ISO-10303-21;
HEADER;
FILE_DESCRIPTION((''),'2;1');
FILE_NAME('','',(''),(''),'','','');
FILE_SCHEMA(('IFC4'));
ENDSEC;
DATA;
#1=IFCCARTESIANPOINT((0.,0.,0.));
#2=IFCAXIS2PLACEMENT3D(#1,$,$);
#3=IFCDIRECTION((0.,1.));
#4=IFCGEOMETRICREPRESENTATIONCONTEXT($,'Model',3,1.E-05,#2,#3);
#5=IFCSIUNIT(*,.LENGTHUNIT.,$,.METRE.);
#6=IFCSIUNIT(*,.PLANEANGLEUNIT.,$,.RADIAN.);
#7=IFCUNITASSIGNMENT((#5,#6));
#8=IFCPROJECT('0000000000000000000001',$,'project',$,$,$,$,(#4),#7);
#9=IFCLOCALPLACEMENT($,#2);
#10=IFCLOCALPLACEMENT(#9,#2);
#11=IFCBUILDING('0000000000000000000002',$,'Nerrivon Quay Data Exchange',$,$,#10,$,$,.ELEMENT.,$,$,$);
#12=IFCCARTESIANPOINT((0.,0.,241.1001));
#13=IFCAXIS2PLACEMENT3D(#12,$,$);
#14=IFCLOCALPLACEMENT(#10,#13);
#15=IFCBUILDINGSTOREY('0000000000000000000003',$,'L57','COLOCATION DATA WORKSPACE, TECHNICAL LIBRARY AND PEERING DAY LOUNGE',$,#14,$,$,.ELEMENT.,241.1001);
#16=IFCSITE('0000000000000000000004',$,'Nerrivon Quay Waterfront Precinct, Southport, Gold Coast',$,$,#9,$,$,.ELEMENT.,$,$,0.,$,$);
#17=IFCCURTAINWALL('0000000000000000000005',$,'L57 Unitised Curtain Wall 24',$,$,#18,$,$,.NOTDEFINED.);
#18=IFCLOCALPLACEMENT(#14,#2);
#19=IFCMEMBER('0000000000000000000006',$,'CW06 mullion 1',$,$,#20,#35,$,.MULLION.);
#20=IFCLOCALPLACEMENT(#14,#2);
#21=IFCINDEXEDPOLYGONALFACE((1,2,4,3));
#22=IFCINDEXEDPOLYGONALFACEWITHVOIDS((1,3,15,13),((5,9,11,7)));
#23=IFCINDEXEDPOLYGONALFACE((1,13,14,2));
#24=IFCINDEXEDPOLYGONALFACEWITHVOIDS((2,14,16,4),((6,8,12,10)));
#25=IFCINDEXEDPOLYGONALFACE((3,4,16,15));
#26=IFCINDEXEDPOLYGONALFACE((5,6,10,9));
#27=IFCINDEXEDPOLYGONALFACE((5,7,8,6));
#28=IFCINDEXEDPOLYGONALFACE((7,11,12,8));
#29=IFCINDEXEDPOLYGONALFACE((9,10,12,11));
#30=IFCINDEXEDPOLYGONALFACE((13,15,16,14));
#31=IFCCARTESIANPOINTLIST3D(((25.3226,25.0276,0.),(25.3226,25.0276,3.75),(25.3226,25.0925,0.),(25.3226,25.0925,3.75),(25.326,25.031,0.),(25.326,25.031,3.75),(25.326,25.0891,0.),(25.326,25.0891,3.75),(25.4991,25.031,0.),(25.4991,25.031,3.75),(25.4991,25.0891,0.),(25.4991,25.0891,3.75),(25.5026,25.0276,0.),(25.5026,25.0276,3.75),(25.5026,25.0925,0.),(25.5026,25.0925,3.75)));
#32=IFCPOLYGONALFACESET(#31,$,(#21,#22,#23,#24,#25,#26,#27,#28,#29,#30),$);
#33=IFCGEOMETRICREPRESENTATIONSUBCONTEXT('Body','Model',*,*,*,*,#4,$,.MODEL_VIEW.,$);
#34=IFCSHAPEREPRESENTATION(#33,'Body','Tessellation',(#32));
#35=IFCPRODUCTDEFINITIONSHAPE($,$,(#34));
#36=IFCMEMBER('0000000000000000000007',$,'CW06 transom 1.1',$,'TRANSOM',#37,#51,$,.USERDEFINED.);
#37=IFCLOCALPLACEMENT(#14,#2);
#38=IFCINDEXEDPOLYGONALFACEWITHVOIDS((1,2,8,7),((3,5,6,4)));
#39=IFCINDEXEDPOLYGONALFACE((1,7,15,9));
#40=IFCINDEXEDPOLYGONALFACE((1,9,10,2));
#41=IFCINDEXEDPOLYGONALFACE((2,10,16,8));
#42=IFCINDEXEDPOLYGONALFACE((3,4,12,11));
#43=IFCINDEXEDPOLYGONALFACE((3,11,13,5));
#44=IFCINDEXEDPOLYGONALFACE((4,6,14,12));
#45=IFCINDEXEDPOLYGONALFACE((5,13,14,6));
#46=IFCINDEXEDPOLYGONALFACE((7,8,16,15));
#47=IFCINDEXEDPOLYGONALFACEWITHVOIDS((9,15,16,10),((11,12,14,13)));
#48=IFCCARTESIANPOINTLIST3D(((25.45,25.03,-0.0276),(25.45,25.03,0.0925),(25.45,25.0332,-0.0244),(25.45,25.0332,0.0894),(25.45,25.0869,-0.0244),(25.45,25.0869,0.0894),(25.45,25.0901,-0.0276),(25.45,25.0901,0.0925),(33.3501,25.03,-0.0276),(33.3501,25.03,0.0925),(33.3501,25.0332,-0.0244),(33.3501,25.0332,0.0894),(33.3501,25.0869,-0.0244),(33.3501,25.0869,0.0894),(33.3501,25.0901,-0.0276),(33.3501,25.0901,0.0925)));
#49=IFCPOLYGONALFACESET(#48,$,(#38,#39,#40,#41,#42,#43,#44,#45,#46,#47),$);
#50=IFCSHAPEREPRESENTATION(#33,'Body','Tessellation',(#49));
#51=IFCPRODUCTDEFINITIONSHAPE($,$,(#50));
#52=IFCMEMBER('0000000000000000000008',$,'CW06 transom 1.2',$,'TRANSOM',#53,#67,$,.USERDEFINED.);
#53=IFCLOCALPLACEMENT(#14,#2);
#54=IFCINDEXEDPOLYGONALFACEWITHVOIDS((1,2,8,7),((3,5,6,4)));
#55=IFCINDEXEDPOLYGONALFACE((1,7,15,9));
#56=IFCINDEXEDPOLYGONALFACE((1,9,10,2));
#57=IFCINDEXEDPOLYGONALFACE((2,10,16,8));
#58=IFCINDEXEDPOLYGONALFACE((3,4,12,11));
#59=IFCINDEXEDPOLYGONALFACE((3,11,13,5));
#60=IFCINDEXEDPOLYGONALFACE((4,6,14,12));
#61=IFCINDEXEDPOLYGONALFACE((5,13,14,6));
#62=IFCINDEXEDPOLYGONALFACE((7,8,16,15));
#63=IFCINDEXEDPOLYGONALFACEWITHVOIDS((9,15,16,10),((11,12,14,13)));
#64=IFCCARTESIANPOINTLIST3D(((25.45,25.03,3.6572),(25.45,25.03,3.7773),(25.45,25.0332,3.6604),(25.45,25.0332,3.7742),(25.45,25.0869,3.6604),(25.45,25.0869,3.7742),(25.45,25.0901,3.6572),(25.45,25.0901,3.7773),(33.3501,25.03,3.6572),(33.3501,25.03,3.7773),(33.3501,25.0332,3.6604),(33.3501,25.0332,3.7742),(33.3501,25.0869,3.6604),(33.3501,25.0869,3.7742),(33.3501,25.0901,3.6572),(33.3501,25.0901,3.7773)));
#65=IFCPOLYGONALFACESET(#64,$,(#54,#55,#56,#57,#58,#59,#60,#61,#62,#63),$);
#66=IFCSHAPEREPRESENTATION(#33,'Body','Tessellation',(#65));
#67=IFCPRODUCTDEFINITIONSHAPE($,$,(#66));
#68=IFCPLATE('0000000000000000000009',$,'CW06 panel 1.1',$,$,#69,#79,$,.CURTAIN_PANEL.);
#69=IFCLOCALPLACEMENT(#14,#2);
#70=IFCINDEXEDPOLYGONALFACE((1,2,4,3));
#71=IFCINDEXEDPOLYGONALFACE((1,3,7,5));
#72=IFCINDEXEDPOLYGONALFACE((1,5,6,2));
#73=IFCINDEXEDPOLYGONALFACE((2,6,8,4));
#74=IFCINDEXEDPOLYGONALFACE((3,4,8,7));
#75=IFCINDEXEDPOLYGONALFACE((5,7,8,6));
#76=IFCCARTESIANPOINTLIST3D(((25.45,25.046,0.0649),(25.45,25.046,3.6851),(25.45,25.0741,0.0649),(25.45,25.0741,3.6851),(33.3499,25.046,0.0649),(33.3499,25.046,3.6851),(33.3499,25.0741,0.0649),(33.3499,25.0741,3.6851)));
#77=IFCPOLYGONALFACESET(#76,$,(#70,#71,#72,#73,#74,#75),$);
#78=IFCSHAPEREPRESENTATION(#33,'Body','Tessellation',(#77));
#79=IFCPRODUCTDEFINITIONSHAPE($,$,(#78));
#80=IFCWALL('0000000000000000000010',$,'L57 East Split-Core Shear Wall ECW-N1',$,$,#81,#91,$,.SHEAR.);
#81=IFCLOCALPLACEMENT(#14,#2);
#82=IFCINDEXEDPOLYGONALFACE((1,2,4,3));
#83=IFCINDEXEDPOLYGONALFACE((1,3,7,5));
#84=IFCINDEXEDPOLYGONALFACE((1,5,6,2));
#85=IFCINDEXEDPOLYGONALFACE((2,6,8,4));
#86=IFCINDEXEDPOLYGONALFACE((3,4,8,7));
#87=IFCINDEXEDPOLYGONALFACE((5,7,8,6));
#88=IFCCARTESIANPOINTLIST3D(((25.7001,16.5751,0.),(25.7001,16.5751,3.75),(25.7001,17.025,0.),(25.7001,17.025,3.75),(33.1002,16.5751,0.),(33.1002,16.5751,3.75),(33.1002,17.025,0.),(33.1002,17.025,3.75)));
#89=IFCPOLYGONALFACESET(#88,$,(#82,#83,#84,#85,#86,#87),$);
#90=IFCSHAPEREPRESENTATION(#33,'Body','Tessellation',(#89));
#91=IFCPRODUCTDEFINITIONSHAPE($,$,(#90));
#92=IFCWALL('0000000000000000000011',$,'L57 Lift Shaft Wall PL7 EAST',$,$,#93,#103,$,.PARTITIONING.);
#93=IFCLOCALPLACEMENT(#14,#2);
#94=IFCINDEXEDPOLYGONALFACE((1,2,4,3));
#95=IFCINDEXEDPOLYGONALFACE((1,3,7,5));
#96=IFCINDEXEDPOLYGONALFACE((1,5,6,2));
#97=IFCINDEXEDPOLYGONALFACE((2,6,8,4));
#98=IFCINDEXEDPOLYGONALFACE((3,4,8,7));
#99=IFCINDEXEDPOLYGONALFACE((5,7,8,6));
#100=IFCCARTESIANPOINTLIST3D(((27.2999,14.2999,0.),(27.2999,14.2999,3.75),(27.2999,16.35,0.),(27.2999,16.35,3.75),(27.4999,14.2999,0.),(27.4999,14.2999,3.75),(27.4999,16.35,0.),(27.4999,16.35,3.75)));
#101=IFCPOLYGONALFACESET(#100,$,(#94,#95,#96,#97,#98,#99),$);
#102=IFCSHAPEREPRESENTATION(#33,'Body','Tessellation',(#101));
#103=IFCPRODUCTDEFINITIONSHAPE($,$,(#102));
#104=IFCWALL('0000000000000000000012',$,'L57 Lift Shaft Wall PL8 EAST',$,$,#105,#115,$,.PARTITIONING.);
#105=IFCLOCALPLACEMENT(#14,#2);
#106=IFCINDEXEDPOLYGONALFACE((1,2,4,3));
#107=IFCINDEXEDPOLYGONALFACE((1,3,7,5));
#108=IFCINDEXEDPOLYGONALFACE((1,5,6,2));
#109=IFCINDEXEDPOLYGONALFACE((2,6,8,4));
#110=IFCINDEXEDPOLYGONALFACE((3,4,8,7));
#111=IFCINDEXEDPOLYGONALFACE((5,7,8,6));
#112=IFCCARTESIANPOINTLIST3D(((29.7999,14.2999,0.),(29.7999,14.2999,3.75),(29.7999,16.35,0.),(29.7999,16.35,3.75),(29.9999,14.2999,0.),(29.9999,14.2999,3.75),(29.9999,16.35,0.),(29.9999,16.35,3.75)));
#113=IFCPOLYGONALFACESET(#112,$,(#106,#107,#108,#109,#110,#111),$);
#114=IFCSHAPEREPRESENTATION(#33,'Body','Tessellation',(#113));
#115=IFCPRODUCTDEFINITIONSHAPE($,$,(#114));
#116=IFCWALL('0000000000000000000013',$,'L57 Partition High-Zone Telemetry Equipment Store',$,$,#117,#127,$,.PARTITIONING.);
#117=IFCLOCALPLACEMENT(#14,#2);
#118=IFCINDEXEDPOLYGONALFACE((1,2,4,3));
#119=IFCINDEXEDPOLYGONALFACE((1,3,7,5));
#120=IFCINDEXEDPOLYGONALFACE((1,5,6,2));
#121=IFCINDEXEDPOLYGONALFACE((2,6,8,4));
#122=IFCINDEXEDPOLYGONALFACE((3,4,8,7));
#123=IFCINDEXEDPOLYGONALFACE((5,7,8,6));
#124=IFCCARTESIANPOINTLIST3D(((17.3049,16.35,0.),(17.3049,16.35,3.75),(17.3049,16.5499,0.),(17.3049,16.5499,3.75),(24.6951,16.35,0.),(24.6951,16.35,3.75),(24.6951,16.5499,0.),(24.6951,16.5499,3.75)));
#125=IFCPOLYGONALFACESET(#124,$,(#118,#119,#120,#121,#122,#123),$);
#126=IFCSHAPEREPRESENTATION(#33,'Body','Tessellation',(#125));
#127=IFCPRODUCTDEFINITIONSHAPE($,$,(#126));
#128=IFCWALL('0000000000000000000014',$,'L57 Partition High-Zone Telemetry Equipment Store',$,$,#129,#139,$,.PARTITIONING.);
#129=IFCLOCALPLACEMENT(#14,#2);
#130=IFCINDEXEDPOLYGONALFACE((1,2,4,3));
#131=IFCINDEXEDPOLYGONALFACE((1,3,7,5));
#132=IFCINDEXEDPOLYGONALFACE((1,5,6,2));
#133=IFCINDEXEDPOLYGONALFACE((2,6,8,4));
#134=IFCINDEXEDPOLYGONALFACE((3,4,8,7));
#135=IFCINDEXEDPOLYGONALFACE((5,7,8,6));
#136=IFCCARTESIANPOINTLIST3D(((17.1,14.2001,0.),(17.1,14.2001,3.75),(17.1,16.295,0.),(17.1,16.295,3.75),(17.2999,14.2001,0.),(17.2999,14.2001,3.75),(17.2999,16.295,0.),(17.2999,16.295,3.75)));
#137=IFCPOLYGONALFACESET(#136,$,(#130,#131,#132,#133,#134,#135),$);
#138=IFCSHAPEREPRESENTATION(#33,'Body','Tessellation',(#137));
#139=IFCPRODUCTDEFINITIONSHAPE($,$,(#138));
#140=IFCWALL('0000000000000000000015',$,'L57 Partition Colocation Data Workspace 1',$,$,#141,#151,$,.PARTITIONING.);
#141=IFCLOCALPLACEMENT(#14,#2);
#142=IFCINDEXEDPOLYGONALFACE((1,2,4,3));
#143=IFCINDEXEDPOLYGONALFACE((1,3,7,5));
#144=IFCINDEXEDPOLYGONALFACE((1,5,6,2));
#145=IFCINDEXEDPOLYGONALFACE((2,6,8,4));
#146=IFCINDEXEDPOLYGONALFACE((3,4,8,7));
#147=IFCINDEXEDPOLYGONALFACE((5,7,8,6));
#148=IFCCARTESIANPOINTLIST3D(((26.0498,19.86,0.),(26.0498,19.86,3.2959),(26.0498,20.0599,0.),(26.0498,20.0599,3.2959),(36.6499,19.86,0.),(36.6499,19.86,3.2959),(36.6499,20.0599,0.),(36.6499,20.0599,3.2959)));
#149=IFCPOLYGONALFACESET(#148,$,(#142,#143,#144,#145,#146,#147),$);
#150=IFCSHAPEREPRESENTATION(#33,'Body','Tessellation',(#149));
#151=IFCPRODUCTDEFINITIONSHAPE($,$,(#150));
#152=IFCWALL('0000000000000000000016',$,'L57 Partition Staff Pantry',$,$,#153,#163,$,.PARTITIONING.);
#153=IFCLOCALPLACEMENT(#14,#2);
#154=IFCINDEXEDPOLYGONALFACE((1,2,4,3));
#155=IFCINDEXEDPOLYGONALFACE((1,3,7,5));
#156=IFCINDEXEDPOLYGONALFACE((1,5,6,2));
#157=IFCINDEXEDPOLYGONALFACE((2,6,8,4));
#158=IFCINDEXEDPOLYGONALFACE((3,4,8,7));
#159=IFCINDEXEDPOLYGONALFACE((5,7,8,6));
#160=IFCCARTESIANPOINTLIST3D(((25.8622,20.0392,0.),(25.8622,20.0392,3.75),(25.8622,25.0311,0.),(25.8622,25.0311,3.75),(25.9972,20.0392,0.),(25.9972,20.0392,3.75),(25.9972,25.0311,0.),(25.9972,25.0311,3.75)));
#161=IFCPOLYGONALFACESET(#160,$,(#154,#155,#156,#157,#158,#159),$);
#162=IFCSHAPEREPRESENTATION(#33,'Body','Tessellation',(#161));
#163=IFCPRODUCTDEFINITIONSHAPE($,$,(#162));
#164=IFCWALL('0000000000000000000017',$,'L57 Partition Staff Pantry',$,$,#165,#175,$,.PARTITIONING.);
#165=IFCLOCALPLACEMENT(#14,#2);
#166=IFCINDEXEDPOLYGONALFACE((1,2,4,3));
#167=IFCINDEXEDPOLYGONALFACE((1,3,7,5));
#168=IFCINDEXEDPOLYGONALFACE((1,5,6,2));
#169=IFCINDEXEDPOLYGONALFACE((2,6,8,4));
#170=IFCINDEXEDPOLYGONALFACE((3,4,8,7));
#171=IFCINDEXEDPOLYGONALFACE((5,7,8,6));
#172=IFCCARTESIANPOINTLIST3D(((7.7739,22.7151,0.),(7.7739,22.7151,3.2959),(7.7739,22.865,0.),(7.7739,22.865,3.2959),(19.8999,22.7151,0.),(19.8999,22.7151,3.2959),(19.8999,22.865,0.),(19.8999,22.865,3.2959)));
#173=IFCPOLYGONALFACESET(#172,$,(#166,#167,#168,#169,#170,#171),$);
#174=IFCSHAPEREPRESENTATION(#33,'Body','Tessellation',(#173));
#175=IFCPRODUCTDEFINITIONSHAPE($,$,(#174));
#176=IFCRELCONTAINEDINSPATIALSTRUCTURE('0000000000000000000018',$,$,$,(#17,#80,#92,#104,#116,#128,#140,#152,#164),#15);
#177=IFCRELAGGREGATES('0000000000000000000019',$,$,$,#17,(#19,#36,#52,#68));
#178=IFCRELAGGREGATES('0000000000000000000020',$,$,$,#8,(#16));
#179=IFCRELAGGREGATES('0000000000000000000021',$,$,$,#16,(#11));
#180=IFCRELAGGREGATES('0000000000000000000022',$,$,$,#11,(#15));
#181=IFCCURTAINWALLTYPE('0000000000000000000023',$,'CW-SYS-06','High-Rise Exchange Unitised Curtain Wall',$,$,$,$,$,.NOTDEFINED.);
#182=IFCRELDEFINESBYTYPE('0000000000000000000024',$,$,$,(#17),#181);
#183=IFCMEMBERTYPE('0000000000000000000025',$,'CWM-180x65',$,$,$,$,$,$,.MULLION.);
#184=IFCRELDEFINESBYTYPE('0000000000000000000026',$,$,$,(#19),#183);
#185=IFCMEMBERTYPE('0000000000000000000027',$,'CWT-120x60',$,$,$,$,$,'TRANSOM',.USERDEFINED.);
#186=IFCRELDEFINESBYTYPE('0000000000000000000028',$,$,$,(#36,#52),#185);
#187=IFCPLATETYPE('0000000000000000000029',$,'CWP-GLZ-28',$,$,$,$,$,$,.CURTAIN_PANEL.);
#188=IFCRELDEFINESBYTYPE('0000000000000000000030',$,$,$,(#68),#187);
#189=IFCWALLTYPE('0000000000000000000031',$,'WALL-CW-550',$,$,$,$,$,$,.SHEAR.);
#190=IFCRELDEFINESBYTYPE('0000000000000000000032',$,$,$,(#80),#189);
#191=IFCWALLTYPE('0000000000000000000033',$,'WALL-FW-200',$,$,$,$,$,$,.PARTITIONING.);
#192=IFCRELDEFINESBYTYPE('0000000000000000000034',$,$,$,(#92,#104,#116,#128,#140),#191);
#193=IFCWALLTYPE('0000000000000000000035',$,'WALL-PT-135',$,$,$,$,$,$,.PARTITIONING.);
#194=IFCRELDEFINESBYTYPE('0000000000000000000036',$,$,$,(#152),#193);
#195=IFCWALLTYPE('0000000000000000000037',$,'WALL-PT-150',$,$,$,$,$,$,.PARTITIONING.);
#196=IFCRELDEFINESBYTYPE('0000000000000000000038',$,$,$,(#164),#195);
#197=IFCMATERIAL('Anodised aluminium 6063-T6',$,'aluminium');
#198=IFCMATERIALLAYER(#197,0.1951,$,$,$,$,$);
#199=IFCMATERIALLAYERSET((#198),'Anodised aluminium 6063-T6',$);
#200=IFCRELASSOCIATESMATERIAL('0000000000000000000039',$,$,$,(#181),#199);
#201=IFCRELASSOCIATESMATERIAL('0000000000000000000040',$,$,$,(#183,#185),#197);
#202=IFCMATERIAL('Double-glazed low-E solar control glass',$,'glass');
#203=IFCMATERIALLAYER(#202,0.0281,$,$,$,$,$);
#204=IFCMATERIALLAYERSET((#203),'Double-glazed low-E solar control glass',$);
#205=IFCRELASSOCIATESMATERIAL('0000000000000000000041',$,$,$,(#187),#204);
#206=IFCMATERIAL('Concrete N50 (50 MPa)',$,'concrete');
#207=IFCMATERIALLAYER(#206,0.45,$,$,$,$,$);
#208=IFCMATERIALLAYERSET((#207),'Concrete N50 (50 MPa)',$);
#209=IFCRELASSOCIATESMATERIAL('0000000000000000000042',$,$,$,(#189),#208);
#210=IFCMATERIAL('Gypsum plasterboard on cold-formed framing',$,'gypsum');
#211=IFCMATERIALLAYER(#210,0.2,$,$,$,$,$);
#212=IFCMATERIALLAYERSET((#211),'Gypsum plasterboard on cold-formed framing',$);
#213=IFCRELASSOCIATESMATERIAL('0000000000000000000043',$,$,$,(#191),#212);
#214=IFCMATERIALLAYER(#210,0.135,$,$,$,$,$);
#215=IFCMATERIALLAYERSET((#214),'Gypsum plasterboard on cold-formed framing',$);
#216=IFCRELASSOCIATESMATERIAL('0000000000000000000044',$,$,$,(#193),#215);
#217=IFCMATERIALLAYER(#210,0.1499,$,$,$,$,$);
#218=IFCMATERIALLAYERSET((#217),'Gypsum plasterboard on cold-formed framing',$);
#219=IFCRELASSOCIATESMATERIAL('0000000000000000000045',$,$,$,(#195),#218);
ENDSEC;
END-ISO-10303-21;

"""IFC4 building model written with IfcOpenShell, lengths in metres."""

from ifc_helpers import new_model, si_unit, direction, frame, frame_2d, origin, origin_2d, place, context, subcontext, project, spatial, rectangle, hollow_rectangle, extrude, material, layer, layer_set, material_profile, profile_set, type_object, element, aggregate, save


model = new_model("IFC4")

# Units and contexts
model_context = context("Model", 3, precision=1e-05, world=origin(), true_north=direction((0.0, 1.0)))
body_context = subcontext(model_context, "Body", "Model", "MODEL_VIEW")
ifc_project = project(units=[si_unit("LENGTHUNIT", "METRE"), si_unit("PLANEANGLEUNIT", "RADIAN")], contexts=[model_context])

# Site, building, storey
site_placement = place(None, origin())
site = spatial("IfcSite", under=ifc_project, at=site_placement, Name="Nerrivon Quay Waterfront Precinct, Southport, Gold Coast", CompositionType="ELEMENT", RefElevation=0.0)
building_placement = place(site_placement, origin())
building = spatial("IfcBuilding", under=site, at=building_placement, Name="Nerrivon Quay Data Exchange", CompositionType="ELEMENT")
storey_placement = place(building_placement, frame((0.0, 0.0, 241.1001)))
storey = spatial("IfcBuildingStorey", under=building, at=storey_placement, Name="L57", Description="COLOCATION DATA WORKSPACE, TECHNICAL LIBRARY AND PEERING DAY LOUNGE", CompositionType="ELEMENT", Elevation=241.1001)

# Curtain wall, members, plate
ifc_material_1 = material(Name="Anodised aluminium 6063-T6", Category="aluminium")
ifc_layer_1 = layer(ifc_material_1, 0.1951)
ifc_layer_set_1 = layer_set([ifc_layer_1], Name="Anodised aluminium 6063-T6")
curtain_wall_type = type_object("IfcCurtainWallType", Name="CW-SYS-06", Description="High-Rise Exchange Unitised Curtain Wall", PredefinedType="NOTDEFINED", material=ifc_layer_set_1)
curtain_wall_placement = place(storey_placement, origin())
curtain_wall = element("IfcCurtainWall", 1, at=curtain_wall_placement, inside=storey, type_object=curtain_wall_type, Name="L57 Unitised Curtain Wall 24", PredefinedType="NOTDEFINED")
ifc_material_profile_1 = material_profile(ifc_material_1, hollow_rectangle(XDim=0.0649, YDim=0.1799, WallThickness=0.0034, at=origin_2d()), Name="ALU-MULL-180x65")
ifc_profile_set_1 = profile_set([ifc_material_profile_1], Name="Anodised aluminium 6063-T6")
member_type_1 = type_object("IfcMemberType", Name="CWM-180x65", PredefinedType="MULLION", material=ifc_profile_set_1)
member_1_placement = place(storey_placement, frame((25.4126, 25.0601, 0.0), z_axis=(0.0, 0.0, 1.0), x_axis=(0.0, 1.0, 0.0)))
member_1 = element("IfcMember", 2, at=member_1_placement, type_object=member_type_1, Name="CW06 mullion 1", PredefinedType="MULLION", context=body_context, shape_type="SweptSolid", body=[
    extrude(hollow_rectangle(XDim=0.0649, YDim=0.1799, WallThickness=0.0034, at=origin_2d()), origin(), (0.0, 0.0, 1.0), 3.75),
])
ifc_material_profile_2 = material_profile(ifc_material_1, hollow_rectangle(XDim=0.0601, YDim=0.1201, WallThickness=0.0032, at=origin_2d()), Name="ALU-TRAN-120x60")
ifc_profile_set_2 = profile_set([ifc_material_profile_2], Name="Anodised aluminium 6063-T6")
member_type_2 = type_object("IfcMemberType", Name="CWT-120x60", ElementType="TRANSOM", PredefinedType="USERDEFINED", material=ifc_profile_set_2)
member_2_placement = place(storey_placement, frame((25.45, 25.0601, 0.0325), z_axis=(1.0, 0.0, 0.0), x_axis=(0.0, 1.0, 0.0)))
member_2 = element("IfcMember", 3, at=member_2_placement, type_object=member_type_2, Name="CW06 transom 1.1", ObjectType="TRANSOM", PredefinedType="USERDEFINED", context=body_context, shape_type="SweptSolid", body=[
    extrude(hollow_rectangle(XDim=0.0601, YDim=0.1201, WallThickness=0.0032, at=origin_2d()), origin(), (0.0, 0.0, 1.0), 7.9001),
])
member_3_placement = place(storey_placement, frame((25.45, 25.0601, 3.7173), z_axis=(1.0, 0.0, 0.0), x_axis=(0.0, 1.0, 0.0)))
member_3 = element("IfcMember", 4, at=member_3_placement, type_object=member_type_2, Name="CW06 transom 1.2", ObjectType="TRANSOM", PredefinedType="USERDEFINED", context=body_context, shape_type="SweptSolid", body=[
    extrude(hollow_rectangle(XDim=0.0601, YDim=0.1201, WallThickness=0.0032, at=origin_2d()), origin(), (0.0, 0.0, 1.0), 7.9001),
])
ifc_material_2 = material(Name="Double-glazed low-E solar control glass", Category="glass")
ifc_layer_2 = layer(ifc_material_2, 0.0281)
ifc_layer_set_2 = layer_set([ifc_layer_2], Name="Double-glazed low-E solar control glass")
plate_type = type_object("IfcPlateType", Name="CWP-GLZ-28", PredefinedType="CURTAIN_PANEL", material=ifc_layer_set_2)
plate_placement = place(storey_placement, frame((29.3999, 25.0601, 0.0649), z_axis=(0.0, 0.0, 1.0), x_axis=(1.0, 0.0, 0.0)))
plate = element("IfcPlate", 5, at=plate_placement, type_object=plate_type, Name="CW06 panel 1.1", PredefinedType="CURTAIN_PANEL", context=body_context, shape_type="SweptSolid", body=[
    extrude(rectangle(XDim=7.8999, YDim=0.0281, at=origin_2d()), origin(), (0.0, 0.0, 1.0), 3.6201),
])
aggregate(curtain_wall, [member_1, member_2, member_3, plate])

# Walls
ifc_material_3 = material(Name="Concrete N50 (50 MPa)", Category="concrete")
ifc_layer_3 = layer(ifc_material_3, 0.45)
ifc_layer_set_3 = layer_set([ifc_layer_3], Name="Concrete N50 (50 MPa)")
wall_type_1 = type_object("IfcWallType", Name="WALL-CW-550", PredefinedType="SHEAR", material=ifc_layer_set_3)
wall_1_placement = place(storey_placement, frame((25.7, 16.8, 0.0), z_axis=(0.0, 0.0, 1.0), x_axis=(1.0, 0.0, 0.0)))
element("IfcWall", 6, at=wall_1_placement, inside=storey, type_object=wall_type_1, Name="L57 East Split-Core Shear Wall ECW-N1", PredefinedType="SHEAR", context=body_context, shape_type="SweptSolid", body=[
    extrude(rectangle(XDim=7.4001, YDim=0.45, at=frame_2d((3.7002, 0.0))), origin(), (0.0, 0.0, 1.0), 3.75),
])
ifc_material_4 = material(Name="Gypsum plasterboard on cold-formed framing", Category="gypsum")
ifc_layer_4 = layer(ifc_material_4, 0.2)
ifc_layer_set_4 = layer_set([ifc_layer_4], Name="Gypsum plasterboard on cold-formed framing")
wall_type_2 = type_object("IfcWallType", Name="WALL-FW-200", PredefinedType="PARTITIONING", material=ifc_layer_set_4)
for number, where, z_axis, x_axis, name in (
    (7, (27.3999, 14.3, 0.0), (0.0, 0.0, 1.0), (0.0, 1.0, 0.0), "L57 Lift Shaft Wall PL7 EAST"),
    (8, (29.8999, 14.3, 0.0), (0.0, 0.0, 1.0), (0.0, 1.0, 0.0), "L57 Lift Shaft Wall PL8 EAST"),
):
    element("IfcWall", number, at=place(storey_placement, frame(where, z_axis=z_axis, x_axis=x_axis)), inside=storey, type_object=wall_type_2, Name=name, PredefinedType="PARTITIONING", context=body_context, shape_type="SweptSolid", body=[
        extrude(rectangle(XDim=2.05, YDim=0.2, at=frame_2d((1.0249, 0.0))), origin(), (0.0, 0.0, 1.0), 3.75),
    ])
wall_2_placement = place(storey_placement, frame((24.6951, 16.45, 0.0), z_axis=(0.0, 0.0, 1.0), x_axis=(-1.0, 0.0, 0.0)))
element("IfcWall", 9, at=wall_2_placement, inside=storey, type_object=wall_type_2, Name="L57 Partition High-Zone Telemetry Equipment Store", PredefinedType="PARTITIONING", context=body_context, shape_type="SweptSolid", body=[
    extrude(rectangle(XDim=7.3901, YDim=0.2, at=frame_2d((3.6951, 0.0))), origin(), (0.0, 0.0, 1.0), 3.75),
])
wall_3_placement = place(storey_placement, frame((17.2, 16.2949, 0.0), z_axis=(0.0, 0.0, 1.0), x_axis=(0.0, -1.0, 0.0)))
element("IfcWall", 10, at=wall_3_placement, inside=storey, type_object=wall_type_2, Name="L57 Partition High-Zone Telemetry Equipment Store", PredefinedType="PARTITIONING", context=body_context, shape_type="SweptSolid", body=[
    extrude(rectangle(XDim=2.095, YDim=0.2, at=frame_2d((1.0474, 0.0))), origin(), (0.0, 0.0, 1.0), 3.75),
])
wall_4_placement = place(storey_placement, frame((26.0498, 19.96, 0.0), z_axis=(0.0, 0.0, 1.0), x_axis=(1.0, 0.0, 0.0)))
element("IfcWall", 11, at=wall_4_placement, inside=storey, type_object=wall_type_2, Name="L57 Partition Colocation Data Workspace 1", PredefinedType="PARTITIONING", context=body_context, shape_type="SweptSolid", body=[
    extrude(rectangle(XDim=10.6001, YDim=0.2, at=frame_2d((5.3, 0.0))), origin(), (0.0, 0.0, 1.0), 3.2959),
])
ifc_layer_5 = layer(ifc_material_4, 0.135)
ifc_layer_set_5 = layer_set([ifc_layer_5], Name="Gypsum plasterboard on cold-formed framing")
wall_type_3 = type_object("IfcWallType", Name="WALL-PT-135", PredefinedType="PARTITIONING", material=ifc_layer_set_5)
wall_5_placement = place(storey_placement, frame((25.9297, 20.0391, 0.0), z_axis=(0.0, 0.0, 1.0), x_axis=(0.0, 1.0, 0.0)))
element("IfcWall", 12, at=wall_5_placement, inside=storey, type_object=wall_type_3, Name="L57 Partition Staff Pantry", PredefinedType="PARTITIONING", context=body_context, shape_type="SweptSolid", body=[
    extrude(rectangle(XDim=4.9919, YDim=0.135, at=frame_2d((2.4961, 0.0))), origin(), (0.0, 0.0, 1.0), 3.75),
])
ifc_layer_6 = layer(ifc_material_4, 0.1499)
ifc_layer_set_6 = layer_set([ifc_layer_6], Name="Gypsum plasterboard on cold-formed framing")
wall_type_4 = type_object("IfcWallType", Name="WALL-PT-150", PredefinedType="PARTITIONING", material=ifc_layer_set_6)
wall_6_placement = place(storey_placement, frame((19.8999, 22.79, 0.0), z_axis=(0.0, 0.0, 1.0), x_axis=(-1.0, 0.0, 0.0)))
element("IfcWall", 13, at=wall_6_placement, inside=storey, type_object=wall_type_4, Name="L57 Partition Staff Pantry", PredefinedType="PARTITIONING", context=body_context, shape_type="SweptSolid", body=[
    extrude(rectangle(XDim=12.126, YDim=0.1499, at=frame_2d((6.063, 0.0))), origin(), (0.0, 0.0, 1.0), 3.2959),
])

save(model, "model.ifc")
